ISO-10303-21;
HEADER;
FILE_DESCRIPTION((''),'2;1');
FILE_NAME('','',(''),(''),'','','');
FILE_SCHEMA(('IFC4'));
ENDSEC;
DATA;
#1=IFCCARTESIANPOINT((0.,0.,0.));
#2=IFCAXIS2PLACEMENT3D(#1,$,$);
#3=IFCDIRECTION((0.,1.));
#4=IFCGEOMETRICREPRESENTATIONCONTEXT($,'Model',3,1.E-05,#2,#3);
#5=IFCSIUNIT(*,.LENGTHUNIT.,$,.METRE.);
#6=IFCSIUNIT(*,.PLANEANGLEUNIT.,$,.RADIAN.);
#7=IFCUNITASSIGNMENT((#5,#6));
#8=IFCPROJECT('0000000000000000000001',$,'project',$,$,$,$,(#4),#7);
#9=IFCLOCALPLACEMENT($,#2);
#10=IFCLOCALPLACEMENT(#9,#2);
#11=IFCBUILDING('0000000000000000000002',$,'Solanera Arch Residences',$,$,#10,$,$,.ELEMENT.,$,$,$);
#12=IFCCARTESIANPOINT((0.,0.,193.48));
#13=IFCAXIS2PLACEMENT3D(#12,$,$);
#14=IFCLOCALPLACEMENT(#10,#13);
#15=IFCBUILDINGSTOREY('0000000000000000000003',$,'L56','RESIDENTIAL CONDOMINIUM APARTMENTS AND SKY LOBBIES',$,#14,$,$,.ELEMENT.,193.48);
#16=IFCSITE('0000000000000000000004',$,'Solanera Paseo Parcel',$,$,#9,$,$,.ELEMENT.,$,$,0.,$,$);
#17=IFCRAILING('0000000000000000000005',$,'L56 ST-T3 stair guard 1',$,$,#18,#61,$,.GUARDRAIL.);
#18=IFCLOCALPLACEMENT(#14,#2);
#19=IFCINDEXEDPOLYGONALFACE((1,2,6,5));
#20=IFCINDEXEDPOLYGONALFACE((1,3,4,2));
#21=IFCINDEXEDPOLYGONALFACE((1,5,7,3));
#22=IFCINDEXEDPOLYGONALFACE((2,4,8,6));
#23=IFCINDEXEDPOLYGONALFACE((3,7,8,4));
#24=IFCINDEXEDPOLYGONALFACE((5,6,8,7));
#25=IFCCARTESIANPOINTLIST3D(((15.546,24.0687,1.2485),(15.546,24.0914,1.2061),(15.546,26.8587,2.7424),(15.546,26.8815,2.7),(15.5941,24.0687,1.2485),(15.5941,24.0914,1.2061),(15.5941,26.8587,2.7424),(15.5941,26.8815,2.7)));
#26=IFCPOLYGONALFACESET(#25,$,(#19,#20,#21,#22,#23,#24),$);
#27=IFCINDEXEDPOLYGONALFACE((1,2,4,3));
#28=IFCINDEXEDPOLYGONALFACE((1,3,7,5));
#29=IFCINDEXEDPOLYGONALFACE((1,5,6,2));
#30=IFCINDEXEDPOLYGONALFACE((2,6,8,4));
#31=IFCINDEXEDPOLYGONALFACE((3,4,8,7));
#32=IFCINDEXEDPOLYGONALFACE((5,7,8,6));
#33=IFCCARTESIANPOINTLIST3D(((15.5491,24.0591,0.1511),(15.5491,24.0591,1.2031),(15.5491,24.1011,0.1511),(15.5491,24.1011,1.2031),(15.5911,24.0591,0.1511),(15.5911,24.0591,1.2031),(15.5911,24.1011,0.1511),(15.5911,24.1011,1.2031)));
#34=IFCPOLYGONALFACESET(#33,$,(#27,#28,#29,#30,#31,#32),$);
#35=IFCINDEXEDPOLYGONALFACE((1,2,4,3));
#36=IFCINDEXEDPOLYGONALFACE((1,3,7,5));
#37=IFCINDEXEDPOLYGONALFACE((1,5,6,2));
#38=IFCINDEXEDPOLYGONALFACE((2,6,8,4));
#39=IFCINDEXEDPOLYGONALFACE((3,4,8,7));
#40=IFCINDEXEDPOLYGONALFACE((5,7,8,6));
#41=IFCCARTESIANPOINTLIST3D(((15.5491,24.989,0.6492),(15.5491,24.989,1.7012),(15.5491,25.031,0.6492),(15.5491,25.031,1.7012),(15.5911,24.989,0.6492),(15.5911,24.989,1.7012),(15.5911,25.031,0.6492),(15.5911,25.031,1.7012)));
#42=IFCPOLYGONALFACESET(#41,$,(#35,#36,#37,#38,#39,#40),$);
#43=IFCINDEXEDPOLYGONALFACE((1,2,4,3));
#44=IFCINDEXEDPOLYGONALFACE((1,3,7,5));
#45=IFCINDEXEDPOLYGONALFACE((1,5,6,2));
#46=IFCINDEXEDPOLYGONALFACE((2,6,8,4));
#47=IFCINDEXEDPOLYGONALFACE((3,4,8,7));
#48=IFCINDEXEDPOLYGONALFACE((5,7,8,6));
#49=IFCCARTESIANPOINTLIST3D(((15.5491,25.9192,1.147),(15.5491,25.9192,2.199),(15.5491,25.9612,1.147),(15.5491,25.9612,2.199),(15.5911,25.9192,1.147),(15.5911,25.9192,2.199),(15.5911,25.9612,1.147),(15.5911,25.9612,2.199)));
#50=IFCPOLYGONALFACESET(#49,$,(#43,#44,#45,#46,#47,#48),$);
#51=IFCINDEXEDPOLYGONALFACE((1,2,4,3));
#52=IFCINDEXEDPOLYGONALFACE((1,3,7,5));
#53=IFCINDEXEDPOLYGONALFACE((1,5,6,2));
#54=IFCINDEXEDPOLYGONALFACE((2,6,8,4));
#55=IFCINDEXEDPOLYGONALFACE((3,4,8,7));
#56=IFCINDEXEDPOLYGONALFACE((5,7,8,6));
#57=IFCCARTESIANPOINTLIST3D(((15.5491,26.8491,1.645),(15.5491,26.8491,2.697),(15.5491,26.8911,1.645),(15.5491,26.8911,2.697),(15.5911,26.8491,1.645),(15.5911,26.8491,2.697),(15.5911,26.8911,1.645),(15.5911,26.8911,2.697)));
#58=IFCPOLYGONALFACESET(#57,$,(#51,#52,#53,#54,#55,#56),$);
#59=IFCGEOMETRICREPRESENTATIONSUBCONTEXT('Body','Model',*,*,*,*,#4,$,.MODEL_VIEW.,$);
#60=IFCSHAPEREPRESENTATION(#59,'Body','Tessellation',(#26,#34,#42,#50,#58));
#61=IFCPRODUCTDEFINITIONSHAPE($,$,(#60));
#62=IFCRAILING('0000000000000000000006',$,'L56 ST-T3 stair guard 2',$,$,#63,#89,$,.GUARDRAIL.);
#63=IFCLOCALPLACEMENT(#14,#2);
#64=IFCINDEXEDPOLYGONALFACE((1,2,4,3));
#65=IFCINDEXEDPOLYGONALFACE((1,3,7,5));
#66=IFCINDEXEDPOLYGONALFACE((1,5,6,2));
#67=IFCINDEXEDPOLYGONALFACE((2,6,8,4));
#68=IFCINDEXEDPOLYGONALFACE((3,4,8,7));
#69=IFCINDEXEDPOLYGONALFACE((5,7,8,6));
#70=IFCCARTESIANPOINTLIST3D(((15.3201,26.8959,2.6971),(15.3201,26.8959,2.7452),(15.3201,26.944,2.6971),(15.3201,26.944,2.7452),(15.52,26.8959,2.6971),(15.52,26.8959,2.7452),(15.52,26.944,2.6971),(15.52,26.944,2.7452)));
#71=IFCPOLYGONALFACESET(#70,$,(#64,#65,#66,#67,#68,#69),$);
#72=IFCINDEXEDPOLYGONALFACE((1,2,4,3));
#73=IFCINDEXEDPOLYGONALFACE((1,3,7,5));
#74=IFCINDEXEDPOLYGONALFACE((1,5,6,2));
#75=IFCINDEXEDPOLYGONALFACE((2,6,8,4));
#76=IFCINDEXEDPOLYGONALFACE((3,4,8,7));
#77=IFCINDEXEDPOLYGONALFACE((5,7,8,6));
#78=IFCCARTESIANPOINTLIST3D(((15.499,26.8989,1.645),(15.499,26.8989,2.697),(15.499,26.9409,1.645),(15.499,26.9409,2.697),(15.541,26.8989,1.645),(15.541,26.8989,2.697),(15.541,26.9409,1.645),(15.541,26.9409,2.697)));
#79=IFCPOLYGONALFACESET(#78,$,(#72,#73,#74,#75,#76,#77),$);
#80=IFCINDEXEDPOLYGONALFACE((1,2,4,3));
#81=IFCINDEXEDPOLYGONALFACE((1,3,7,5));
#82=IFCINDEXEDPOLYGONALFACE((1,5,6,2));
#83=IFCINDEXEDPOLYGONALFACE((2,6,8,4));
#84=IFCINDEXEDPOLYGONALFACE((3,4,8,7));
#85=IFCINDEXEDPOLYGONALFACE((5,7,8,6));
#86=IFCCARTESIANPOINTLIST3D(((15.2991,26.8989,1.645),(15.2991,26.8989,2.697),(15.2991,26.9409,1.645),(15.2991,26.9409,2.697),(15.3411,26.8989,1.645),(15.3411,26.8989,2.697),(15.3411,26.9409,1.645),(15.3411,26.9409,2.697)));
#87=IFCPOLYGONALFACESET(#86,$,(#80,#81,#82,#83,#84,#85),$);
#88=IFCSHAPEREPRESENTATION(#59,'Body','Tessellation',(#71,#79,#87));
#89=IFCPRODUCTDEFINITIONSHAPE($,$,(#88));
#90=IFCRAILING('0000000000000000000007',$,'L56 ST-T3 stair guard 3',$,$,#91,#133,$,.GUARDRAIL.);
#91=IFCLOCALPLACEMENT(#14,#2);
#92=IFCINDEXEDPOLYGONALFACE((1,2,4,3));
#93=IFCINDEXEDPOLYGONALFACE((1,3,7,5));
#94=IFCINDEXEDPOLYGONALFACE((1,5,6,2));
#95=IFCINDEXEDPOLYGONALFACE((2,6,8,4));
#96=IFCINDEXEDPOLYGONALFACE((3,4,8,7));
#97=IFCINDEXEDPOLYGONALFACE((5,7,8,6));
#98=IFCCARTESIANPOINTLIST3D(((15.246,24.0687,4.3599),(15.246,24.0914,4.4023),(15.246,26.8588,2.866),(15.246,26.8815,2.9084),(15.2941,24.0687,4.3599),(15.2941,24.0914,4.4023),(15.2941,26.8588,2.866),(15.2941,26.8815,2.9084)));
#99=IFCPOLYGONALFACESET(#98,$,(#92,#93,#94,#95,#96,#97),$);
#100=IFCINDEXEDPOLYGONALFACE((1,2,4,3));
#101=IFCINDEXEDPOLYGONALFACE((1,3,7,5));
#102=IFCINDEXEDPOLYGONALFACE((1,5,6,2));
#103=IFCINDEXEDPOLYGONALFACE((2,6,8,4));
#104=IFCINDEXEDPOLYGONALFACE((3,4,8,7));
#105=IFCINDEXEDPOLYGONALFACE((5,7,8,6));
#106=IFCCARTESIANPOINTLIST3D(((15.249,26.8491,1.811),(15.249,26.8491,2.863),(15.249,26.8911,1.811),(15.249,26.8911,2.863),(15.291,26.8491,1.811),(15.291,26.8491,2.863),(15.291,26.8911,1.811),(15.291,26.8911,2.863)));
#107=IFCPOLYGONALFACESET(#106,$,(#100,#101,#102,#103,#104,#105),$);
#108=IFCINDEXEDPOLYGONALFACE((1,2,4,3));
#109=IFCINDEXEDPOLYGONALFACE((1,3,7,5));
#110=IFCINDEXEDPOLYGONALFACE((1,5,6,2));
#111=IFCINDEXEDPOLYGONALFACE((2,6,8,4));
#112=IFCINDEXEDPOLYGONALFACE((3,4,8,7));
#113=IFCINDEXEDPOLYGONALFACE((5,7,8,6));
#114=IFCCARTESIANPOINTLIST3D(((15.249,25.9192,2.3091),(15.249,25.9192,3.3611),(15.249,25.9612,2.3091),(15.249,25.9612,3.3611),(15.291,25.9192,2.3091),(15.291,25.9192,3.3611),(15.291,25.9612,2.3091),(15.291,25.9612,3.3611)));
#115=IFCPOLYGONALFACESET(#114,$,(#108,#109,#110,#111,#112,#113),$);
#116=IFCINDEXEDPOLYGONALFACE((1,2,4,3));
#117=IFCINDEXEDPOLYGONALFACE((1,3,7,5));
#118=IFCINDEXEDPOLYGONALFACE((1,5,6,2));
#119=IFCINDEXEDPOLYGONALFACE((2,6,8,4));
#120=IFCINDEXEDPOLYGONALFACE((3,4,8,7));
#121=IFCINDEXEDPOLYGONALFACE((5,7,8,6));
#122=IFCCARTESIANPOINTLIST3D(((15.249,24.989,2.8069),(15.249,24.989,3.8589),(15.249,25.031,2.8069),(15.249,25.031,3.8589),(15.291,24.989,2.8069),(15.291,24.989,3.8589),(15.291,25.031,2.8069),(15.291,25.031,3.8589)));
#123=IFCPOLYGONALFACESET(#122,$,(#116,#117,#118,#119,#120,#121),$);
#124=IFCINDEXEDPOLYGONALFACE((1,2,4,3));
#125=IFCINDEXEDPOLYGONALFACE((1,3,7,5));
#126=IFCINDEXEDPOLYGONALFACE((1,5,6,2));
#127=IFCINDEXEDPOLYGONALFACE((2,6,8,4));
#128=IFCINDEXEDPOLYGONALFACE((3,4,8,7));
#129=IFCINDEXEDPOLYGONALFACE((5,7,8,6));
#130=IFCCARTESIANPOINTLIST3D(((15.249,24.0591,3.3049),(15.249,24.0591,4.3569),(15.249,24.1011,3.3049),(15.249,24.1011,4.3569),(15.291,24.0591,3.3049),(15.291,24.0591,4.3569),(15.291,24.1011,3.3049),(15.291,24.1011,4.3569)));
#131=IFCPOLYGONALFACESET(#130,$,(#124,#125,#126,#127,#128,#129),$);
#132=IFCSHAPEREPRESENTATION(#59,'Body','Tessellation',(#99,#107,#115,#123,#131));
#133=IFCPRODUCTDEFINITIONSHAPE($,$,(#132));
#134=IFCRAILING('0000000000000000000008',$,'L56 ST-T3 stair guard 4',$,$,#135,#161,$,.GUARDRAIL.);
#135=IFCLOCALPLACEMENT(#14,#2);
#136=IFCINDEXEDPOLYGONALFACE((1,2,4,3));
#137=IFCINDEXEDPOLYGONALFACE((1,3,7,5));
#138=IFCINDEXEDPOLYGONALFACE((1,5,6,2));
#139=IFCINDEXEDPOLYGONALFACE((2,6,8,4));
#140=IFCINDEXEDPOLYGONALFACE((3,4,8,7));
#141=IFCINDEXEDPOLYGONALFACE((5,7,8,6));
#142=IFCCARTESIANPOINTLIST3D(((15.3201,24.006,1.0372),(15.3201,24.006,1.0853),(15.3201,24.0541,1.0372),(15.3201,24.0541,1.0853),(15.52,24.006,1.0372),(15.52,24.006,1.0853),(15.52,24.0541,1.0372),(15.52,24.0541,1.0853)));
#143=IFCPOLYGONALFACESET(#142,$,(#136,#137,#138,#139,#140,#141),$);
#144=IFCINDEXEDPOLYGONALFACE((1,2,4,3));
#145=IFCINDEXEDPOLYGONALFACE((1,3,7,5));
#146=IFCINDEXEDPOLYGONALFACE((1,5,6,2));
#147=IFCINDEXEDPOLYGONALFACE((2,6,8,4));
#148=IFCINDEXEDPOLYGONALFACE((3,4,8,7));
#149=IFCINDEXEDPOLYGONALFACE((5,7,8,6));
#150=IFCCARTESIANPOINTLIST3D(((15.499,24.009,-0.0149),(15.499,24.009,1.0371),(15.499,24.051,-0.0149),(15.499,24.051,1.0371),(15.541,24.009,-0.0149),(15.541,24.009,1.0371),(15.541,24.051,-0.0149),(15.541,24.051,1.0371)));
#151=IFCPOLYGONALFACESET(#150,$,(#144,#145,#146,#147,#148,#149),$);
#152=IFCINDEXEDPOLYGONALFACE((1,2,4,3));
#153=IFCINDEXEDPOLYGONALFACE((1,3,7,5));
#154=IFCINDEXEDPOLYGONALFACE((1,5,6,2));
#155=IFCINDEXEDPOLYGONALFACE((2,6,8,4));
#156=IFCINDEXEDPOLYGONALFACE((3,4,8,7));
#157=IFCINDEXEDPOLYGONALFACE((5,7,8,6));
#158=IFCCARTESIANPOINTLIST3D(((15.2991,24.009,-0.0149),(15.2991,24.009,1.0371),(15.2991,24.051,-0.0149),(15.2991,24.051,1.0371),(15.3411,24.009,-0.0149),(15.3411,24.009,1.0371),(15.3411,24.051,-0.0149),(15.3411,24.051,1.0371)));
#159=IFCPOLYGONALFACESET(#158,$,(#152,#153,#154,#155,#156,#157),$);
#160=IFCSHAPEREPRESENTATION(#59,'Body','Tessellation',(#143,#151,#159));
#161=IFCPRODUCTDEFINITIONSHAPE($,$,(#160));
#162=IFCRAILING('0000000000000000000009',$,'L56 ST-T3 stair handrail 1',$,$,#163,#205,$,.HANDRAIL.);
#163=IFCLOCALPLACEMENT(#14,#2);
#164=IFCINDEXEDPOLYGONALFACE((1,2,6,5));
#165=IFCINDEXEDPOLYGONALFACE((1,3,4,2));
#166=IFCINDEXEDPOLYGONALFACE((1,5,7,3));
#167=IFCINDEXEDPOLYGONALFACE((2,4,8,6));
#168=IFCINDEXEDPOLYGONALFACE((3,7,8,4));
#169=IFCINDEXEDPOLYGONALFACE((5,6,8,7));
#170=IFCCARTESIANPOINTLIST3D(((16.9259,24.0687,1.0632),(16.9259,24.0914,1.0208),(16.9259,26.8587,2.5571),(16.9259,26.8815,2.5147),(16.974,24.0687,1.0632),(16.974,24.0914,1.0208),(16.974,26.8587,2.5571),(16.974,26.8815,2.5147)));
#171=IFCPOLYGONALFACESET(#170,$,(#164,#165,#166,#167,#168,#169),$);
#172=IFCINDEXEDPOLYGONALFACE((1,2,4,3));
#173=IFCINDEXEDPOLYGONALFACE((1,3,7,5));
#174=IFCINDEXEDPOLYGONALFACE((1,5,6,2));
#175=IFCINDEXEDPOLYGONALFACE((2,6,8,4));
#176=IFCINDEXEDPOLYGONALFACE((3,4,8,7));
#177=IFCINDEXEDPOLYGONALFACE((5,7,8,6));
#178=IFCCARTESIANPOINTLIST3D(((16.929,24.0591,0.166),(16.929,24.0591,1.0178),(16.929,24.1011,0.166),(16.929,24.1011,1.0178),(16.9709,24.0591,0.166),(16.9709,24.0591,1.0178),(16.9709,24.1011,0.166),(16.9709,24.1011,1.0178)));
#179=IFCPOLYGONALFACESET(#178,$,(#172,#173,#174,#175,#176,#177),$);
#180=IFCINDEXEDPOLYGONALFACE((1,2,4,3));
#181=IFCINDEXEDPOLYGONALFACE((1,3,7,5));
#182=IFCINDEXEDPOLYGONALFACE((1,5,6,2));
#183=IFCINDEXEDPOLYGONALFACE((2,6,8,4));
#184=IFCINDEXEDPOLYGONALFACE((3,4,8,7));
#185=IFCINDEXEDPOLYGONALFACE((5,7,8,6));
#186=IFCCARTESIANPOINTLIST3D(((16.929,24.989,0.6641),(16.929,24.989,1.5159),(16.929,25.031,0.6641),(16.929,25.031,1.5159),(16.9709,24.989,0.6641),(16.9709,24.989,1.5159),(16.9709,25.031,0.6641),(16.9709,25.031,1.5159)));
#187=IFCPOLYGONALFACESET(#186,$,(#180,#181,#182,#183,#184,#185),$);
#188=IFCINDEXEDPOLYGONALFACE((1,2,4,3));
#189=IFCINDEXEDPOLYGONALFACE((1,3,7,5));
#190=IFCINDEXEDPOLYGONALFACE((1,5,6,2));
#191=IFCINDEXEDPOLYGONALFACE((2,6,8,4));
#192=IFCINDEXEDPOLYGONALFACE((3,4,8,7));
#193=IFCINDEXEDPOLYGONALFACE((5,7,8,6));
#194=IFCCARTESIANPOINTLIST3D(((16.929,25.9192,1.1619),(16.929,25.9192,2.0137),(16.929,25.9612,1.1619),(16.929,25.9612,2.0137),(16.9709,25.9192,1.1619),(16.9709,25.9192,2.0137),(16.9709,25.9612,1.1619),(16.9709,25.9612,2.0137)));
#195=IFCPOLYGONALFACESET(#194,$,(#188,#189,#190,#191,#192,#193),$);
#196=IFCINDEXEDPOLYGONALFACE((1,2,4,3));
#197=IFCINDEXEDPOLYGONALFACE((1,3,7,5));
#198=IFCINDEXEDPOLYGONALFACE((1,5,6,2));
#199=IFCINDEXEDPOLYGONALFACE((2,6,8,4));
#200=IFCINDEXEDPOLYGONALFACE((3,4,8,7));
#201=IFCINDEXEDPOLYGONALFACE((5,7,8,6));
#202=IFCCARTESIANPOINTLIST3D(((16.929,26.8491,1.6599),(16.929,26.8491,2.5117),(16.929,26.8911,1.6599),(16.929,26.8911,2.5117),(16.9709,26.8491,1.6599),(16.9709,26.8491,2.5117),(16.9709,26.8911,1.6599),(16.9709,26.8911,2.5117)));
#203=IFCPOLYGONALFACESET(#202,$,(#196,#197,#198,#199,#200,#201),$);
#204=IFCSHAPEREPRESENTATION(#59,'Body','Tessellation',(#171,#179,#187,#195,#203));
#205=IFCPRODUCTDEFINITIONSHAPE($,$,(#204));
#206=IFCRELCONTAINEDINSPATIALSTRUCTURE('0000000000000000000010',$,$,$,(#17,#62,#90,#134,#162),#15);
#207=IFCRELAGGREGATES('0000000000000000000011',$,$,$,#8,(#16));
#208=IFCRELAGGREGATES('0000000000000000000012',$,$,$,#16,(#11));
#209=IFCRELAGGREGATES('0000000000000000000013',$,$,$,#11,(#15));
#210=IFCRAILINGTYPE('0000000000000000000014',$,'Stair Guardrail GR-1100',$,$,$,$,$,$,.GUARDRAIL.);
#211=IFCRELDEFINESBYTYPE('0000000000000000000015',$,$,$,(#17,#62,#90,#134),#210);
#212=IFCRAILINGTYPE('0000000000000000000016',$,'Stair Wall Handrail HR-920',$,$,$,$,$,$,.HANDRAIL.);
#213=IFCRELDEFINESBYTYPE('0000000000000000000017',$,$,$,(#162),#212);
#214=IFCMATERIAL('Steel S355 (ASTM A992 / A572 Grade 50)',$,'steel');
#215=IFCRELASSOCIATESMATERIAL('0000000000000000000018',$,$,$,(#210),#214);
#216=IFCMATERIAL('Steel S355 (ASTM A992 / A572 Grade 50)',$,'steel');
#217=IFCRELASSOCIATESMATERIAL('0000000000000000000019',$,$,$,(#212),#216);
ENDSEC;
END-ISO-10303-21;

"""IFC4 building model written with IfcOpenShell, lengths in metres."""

from ifc_helpers import new_model, si_unit, direction, frame, origin, origin_2d, place, context, subcontext, project, spatial, rectangle, extrude, material, type_object, element, save


model = new_model("IFC4")

# Units and contexts
model_context = context("Model", 3, precision=1e-05, world=origin(), true_north=direction((0.0, 1.0)))
body_context = subcontext(model_context, "Body", "Model", "MODEL_VIEW")
ifc_project = project(units=[si_unit("LENGTHUNIT", "METRE"), si_unit("PLANEANGLEUNIT", "RADIAN")], contexts=[model_context])

# Site, building, storey
site_placement = place(None, origin())
site = spatial("IfcSite", under=ifc_project, at=site_placement, Name="Solanera Paseo Parcel", CompositionType="ELEMENT", RefElevation=0.0)
building_placement = place(site_placement, origin())
building = spatial("IfcBuilding", under=site, at=building_placement, Name="Solanera Arch Residences", CompositionType="ELEMENT")
storey_placement = place(building_placement, frame((0.0, 0.0, 193.48)))
storey = spatial("IfcBuildingStorey", under=building, at=storey_placement, Name="L56", Description="RESIDENTIAL CONDOMINIUM APARTMENTS AND SKY LOBBIES", CompositionType="ELEMENT", Elevation=193.48)

# Railings
ifc_material_1 = material(Name="Steel S355 (ASTM A992 / A572 Grade 50)", Category="steel")
railing_type_1 = type_object("IfcRailingType", Name="Stair Guardrail GR-1100", PredefinedType="GUARDRAIL", material=ifc_material_1)
railing_1_placement = place(storey_placement, frame((15.5701, 24.0801, 0.1511)))
element("IfcRailing", 1, at=railing_1_placement, inside=storey, type_object=railing_type_1, Name="L56 ST-T3 stair guard 1", PredefinedType="GUARDRAIL", context=body_context, shape_type="SweptSolid", body=[
    extrude(rectangle(XDim=0.0481, YDim=0.0481, at=origin_2d()), frame((0.0, 0.0, 1.0762), z_axis=(0.0, 0.881581, 0.472033), x_axis=(-1.0, 0.0, 0.0)), (0.0, 0.0, 1.0), 3.1648),
    extrude(rectangle(XDim=0.042, YDim=0.042, at=origin_2d()), origin(), (0.0, 0.0, 1.0), 1.052),
    extrude(rectangle(XDim=0.042, YDim=0.042, at=origin_2d()), frame((0.0, 0.9299, 0.498)), (0.0, 0.0, 1.0), 1.052),
    extrude(rectangle(XDim=0.042, YDim=0.042, at=origin_2d()), frame((0.0, 1.8601, 0.9958)), (0.0, 0.0, 1.0), 1.052),
    extrude(rectangle(XDim=0.042, YDim=0.042, at=origin_2d()), frame((0.0, 2.79, 1.4939)), (0.0, 0.0, 1.0), 1.052),
])
railing_2_placement = place(storey_placement, frame((15.52, 26.9199, 1.645)))
element("IfcRailing", 2, at=railing_2_placement, inside=storey, type_object=railing_type_1, Name="L56 ST-T3 stair guard 2", PredefinedType="GUARDRAIL", context=body_context, shape_type="SweptSolid", body=[
    extrude(rectangle(XDim=0.0481, YDim=0.0481, at=origin_2d()), frame((0.0, 0.0, 1.0762), z_axis=(-1.0, 0.0, 0.0), x_axis=(0.0, -1.0, 0.0)), (0.0, 0.0, 1.0), 0.2),
    extrude(rectangle(XDim=0.042, YDim=0.042, at=origin_2d()), origin(), (0.0, 0.0, 1.0), 1.052),
    extrude(rectangle(XDim=0.042, YDim=0.042, at=origin_2d()), frame((-0.2, 0.0, 0.0)), (0.0, 0.0, 1.0), 1.052),
])
railing_3_placement = place(storey_placement, frame((15.27, 26.8701, 1.811)))
element("IfcRailing", 3, at=railing_3_placement, inside=storey, type_object=railing_type_1, Name="L56 ST-T3 stair guard 3", PredefinedType="GUARDRAIL", context=body_context, shape_type="SweptSolid", body=[
    extrude(rectangle(XDim=0.0481, YDim=0.0481, at=origin_2d()), frame((0.0, 0.0, 1.0762), z_axis=(0.0, -0.881581, 0.472033), x_axis=(1.0, 0.0, 0.0)), (0.0, 0.0, 1.0), 3.1648),
    extrude(rectangle(XDim=0.042, YDim=0.042, at=origin_2d()), origin(), (0.0, 0.0, 1.0), 1.052),
    extrude(rectangle(XDim=0.042, YDim=0.042, at=origin_2d()), frame((0.0, -0.9299, 0.498)), (0.0, 0.0, 1.0), 1.052),
    extrude(rectangle(XDim=0.042, YDim=0.042, at=origin_2d()), frame((0.0, -1.8601, 0.9958)), (0.0, 0.0, 1.0), 1.052),
    extrude(rectangle(XDim=0.042, YDim=0.042, at=origin_2d()), frame((0.0, -2.79, 1.4939)), (0.0, 0.0, 1.0), 1.052),
])
railing_4_placement = place(storey_placement, frame((15.52, 24.03, -0.0149)))
element("IfcRailing", 4, at=railing_4_placement, inside=storey, type_object=railing_type_1, Name="L56 ST-T3 stair guard 4", PredefinedType="GUARDRAIL", context=body_context, shape_type="SweptSolid", body=[
    extrude(rectangle(XDim=0.0481, YDim=0.0481, at=origin_2d()), frame((0.0, 0.0, 1.0762), z_axis=(-1.0, 0.0, 0.0), x_axis=(0.0, -1.0, 0.0)), (0.0, 0.0, 1.0), 0.2),
    extrude(rectangle(XDim=0.042, YDim=0.042, at=origin_2d()), origin(), (0.0, 0.0, 1.0), 1.052),
    extrude(rectangle(XDim=0.042, YDim=0.042, at=origin_2d()), frame((-0.2, 0.0, 0.0)), (0.0, 0.0, 1.0), 1.052),
])
ifc_material_2 = material(Name="Steel S355 (ASTM A992 / A572 Grade 50)", Category="steel")
railing_type_2 = type_object("IfcRailingType", Name="Stair Wall Handrail HR-920", PredefinedType="HANDRAIL", material=ifc_material_2)
railing_5_placement = place(storey_placement, frame((16.95, 24.0801, 0.166)))
element("IfcRailing", 5, at=railing_5_placement, inside=storey, type_object=railing_type_2, Name="L56 ST-T3 stair handrail 1", PredefinedType="HANDRAIL", context=body_context, shape_type="SweptSolid", body=[
    extrude(rectangle(XDim=0.0481, YDim=0.0481, at=origin_2d()), frame((0.0, 0.0, 0.876), z_axis=(0.0, 0.881581, 0.472033), x_axis=(-1.0, 0.0, 0.0)), (0.0, 0.0, 1.0), 3.1648),
    extrude(rectangle(XDim=0.042, YDim=0.042, at=origin_2d()), origin(), (0.0, 0.0, 1.0), 0.8518),
    extrude(rectangle(XDim=0.042, YDim=0.042, at=origin_2d()), frame((0.0, 0.9299, 0.498)), (0.0, 0.0, 1.0), 0.8518),
    extrude(rectangle(XDim=0.042, YDim=0.042, at=origin_2d()), frame((0.0, 1.8601, 0.9958)), (0.0, 0.0, 1.0), 0.8518),
    extrude(rectangle(XDim=0.042, YDim=0.042, at=origin_2d()), frame((0.0, 2.79, 1.4939)), (0.0, 0.0, 1.0), 0.8518),
])

save(model, "model.ifc")
